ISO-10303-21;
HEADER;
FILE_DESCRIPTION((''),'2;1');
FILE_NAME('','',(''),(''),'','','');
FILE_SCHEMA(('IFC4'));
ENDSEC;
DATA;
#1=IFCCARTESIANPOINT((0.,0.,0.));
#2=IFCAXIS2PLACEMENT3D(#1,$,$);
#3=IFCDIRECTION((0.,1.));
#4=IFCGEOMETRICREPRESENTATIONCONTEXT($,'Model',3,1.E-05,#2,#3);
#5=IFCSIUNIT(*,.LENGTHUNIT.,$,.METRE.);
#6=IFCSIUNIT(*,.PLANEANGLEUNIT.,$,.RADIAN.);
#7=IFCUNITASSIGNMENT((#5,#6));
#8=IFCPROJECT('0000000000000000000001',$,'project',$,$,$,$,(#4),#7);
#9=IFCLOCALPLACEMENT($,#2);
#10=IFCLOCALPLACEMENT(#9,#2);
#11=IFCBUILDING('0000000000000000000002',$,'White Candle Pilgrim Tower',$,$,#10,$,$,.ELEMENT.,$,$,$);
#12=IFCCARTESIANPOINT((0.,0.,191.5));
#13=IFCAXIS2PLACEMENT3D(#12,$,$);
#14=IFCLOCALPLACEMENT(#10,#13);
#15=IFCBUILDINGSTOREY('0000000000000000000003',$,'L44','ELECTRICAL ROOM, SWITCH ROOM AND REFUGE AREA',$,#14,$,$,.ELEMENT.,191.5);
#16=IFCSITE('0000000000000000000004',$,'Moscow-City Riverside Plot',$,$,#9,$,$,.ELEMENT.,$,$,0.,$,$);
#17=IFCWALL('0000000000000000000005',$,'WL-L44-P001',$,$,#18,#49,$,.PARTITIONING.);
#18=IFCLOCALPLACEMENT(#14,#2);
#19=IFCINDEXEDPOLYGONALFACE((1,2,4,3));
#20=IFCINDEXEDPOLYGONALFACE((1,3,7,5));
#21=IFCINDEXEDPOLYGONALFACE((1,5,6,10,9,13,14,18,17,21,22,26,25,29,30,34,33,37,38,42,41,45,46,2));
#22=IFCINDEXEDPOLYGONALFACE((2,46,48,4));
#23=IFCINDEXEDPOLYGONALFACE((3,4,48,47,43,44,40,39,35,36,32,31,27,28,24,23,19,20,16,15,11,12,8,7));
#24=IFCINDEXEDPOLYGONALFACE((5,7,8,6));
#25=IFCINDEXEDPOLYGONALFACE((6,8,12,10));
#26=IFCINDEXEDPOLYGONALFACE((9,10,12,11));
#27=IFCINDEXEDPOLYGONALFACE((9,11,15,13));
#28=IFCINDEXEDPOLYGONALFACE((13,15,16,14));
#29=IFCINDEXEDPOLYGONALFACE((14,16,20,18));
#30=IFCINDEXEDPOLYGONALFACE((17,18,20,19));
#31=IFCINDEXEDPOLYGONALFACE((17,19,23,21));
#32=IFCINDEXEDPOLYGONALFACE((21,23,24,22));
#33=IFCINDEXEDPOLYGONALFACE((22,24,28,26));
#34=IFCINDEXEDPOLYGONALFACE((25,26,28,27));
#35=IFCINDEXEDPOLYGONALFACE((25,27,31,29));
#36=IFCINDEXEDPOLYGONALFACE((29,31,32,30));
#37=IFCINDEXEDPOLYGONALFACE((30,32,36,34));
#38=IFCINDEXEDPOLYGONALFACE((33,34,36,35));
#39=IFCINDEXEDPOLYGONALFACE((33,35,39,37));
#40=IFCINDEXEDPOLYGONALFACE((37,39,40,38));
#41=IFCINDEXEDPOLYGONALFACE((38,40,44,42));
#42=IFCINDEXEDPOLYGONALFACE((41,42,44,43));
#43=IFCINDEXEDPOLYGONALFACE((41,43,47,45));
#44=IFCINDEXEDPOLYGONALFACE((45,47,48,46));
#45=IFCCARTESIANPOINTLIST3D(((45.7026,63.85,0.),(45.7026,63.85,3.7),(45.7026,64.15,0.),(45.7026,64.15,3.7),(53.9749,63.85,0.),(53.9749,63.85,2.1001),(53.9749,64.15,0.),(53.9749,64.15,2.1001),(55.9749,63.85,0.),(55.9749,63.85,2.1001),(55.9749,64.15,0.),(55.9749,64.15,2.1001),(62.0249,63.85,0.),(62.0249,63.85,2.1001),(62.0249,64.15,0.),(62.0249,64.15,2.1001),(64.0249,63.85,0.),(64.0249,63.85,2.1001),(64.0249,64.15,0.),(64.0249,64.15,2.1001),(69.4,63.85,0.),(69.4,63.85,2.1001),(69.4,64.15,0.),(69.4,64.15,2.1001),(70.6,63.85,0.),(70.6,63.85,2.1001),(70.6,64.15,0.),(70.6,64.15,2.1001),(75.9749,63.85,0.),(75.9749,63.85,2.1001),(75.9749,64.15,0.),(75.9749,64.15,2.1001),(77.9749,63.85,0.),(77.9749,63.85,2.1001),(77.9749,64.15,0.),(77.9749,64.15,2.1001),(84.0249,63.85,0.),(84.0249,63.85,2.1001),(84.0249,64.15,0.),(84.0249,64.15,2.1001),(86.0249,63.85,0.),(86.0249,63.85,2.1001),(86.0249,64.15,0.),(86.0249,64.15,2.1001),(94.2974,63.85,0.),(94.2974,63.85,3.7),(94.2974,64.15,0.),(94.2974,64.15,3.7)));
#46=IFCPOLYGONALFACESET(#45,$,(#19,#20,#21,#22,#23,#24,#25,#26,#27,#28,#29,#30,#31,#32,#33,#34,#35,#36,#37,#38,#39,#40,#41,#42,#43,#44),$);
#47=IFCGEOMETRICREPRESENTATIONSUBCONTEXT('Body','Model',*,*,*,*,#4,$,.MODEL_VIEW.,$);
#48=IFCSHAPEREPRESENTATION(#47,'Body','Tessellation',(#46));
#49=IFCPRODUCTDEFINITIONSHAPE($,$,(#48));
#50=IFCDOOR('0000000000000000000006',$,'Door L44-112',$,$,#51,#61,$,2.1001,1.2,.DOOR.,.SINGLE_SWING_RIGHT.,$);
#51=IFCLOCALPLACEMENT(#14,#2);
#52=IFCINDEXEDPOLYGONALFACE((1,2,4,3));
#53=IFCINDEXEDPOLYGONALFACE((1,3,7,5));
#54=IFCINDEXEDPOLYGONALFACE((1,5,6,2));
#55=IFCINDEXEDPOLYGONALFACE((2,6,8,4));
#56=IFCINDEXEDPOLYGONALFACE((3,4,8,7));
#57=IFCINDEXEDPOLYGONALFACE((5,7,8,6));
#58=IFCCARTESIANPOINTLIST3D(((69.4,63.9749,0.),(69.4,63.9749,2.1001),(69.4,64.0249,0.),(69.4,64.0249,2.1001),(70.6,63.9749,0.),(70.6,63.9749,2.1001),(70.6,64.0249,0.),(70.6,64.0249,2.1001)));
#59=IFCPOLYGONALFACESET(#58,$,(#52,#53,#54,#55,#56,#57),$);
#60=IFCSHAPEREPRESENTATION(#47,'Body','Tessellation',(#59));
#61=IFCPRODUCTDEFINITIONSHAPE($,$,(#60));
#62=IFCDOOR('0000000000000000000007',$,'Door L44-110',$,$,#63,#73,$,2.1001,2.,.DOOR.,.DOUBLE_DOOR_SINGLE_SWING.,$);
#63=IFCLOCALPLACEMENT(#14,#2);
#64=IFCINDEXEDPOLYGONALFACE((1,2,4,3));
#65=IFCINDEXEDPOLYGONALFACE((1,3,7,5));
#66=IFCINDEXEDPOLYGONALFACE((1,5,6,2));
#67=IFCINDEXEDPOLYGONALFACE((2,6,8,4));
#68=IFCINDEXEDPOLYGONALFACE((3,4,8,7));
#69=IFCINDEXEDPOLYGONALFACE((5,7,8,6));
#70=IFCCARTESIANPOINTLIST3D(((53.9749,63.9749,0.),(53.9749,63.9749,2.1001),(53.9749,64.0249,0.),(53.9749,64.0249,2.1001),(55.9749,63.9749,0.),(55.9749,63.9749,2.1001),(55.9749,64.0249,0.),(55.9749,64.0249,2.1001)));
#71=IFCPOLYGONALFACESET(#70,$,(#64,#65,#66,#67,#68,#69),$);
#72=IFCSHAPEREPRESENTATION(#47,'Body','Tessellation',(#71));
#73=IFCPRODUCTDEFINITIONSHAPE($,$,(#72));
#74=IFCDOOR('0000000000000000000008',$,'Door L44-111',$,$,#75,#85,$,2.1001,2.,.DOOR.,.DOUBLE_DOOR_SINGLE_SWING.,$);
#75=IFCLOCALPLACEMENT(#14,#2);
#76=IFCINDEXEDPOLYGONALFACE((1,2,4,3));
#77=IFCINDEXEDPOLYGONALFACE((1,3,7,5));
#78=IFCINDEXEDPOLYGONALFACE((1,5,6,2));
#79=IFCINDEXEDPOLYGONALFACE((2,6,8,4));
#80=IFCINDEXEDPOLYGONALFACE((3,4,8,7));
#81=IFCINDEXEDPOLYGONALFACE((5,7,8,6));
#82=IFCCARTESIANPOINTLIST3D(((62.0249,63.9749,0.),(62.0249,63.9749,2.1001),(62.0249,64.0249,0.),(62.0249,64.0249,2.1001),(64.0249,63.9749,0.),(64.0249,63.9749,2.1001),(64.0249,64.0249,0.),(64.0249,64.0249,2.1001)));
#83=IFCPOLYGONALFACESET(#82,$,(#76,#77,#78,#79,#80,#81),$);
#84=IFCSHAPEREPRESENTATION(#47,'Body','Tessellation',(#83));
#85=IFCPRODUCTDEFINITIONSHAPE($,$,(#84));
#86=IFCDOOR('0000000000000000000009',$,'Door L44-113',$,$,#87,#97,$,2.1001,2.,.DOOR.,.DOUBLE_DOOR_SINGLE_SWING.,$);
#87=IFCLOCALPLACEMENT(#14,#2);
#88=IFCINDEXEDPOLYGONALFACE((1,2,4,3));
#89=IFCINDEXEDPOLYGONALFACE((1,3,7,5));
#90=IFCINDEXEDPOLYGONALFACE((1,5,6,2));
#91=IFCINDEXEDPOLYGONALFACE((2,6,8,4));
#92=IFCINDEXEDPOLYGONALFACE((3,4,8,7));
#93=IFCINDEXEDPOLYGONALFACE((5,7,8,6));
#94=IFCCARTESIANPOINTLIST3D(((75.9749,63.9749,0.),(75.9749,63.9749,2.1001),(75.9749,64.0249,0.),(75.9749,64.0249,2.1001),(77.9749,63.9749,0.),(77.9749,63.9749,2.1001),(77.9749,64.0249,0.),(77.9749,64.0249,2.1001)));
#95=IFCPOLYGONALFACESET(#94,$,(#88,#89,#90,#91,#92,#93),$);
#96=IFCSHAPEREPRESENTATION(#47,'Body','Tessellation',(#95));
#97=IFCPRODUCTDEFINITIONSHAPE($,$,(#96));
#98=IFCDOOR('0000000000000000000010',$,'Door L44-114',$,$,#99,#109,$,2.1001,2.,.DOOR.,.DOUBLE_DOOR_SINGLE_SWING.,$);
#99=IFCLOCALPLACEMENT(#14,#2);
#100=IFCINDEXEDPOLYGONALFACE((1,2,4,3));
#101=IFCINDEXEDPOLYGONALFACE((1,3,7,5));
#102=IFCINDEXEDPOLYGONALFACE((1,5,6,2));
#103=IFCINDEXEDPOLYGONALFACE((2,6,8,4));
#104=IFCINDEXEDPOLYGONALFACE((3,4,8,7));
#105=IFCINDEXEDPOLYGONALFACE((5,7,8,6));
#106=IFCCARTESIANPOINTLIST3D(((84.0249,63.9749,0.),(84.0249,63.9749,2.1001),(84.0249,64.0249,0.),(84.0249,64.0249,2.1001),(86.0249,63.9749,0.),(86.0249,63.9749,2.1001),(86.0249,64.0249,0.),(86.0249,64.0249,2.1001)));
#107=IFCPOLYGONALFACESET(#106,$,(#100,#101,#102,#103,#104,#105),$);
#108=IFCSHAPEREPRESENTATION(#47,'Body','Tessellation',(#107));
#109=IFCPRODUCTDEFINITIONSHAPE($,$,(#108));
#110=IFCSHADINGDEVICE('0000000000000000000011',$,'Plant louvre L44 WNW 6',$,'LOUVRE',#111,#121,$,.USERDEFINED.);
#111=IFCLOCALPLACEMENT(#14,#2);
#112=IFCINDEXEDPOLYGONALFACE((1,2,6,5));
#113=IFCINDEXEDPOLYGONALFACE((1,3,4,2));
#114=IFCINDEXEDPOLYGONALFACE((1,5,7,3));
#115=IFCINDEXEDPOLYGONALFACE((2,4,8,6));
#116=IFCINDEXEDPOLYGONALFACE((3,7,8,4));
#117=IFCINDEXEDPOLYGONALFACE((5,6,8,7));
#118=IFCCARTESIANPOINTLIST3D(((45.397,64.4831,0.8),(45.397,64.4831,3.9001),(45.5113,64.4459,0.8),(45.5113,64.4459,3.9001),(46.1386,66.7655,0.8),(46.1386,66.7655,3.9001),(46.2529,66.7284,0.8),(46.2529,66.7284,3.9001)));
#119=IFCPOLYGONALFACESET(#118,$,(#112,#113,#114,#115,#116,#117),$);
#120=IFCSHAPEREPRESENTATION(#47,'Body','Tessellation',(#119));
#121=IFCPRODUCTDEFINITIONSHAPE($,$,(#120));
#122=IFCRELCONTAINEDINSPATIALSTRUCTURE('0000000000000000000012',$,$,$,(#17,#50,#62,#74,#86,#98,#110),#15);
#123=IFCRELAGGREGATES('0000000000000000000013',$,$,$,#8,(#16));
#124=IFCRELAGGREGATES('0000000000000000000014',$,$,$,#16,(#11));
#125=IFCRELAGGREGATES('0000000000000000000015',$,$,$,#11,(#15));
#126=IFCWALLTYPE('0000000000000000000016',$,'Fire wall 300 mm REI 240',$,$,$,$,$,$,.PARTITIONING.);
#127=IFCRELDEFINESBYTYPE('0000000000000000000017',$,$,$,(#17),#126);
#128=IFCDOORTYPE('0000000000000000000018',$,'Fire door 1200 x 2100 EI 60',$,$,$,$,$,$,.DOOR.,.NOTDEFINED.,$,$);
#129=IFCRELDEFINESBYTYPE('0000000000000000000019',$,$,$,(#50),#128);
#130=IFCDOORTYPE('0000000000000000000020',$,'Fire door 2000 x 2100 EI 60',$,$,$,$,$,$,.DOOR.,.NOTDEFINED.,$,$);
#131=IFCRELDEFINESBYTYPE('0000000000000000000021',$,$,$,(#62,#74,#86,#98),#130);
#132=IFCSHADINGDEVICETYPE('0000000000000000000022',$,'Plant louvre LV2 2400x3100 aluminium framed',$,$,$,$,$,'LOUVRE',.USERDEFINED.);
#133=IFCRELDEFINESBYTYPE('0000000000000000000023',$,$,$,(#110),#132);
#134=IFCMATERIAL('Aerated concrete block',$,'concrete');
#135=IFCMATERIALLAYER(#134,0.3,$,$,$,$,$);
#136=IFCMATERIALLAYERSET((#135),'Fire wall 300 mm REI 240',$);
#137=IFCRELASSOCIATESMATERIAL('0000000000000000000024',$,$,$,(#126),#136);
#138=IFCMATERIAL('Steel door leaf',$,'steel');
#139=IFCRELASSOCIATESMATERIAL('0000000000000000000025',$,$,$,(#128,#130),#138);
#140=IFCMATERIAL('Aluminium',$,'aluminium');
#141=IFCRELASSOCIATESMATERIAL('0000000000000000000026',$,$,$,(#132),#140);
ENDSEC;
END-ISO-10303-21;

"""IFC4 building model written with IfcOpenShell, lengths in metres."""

from ifc_helpers import new_model, si_unit, direction, frame, frame_2d, origin, origin_2d, place, context, subcontext, project, spatial, rectangle, extrude, material, layer, layer_set, type_object, element, fill, save


model = new_model("IFC4")

# Units and contexts
model_context = context("Model", 3, precision=1e-05, world=origin(), true_north=direction((0.0, 1.0)))
body_context = subcontext(model_context, "Body", "Model", "MODEL_VIEW")
ifc_project = project(units=[si_unit("LENGTHUNIT", "METRE"), si_unit("PLANEANGLEUNIT", "RADIAN")], contexts=[model_context])

# Site, building, storey
site_placement = place(None, origin())
site = spatial("IfcSite", under=ifc_project, at=site_placement, Name="Moscow-City Riverside Plot", CompositionType="ELEMENT", RefElevation=0.0)
building_placement = place(site_placement, origin())
building = spatial("IfcBuilding", under=site, at=building_placement, Name="White Candle Pilgrim Tower", CompositionType="ELEMENT")
storey_placement = place(building_placement, frame((0.0, 0.0, 191.5)))
storey = spatial("IfcBuildingStorey", under=building, at=storey_placement, Name="L44", Description="ELECTRICAL ROOM, SWITCH ROOM AND REFUGE AREA", CompositionType="ELEMENT", Elevation=191.5)

# Shared definitions
ifc_material_1 = material(Name="Steel door leaf", Category="steel")

# Wall, openings, doors
ifc_material_2 = material(Name="Aerated concrete block", Category="concrete")
ifc_layer_1 = layer(ifc_material_2, 0.3)
ifc_layer_set_1 = layer_set([ifc_layer_1], Name="Fire wall 300 mm REI 240")
wall_type_1 = type_object("IfcWallType", Name="Fire wall 300 mm REI 240", PredefinedType="PARTITIONING", material=ifc_layer_set_1)
wall_1_placement = place(storey_placement, frame((45.7026, 64.0, 0.0), z_axis=(0.0, 0.0, 1.0), x_axis=(1.0, 0.0, 0.0)))
wall_1 = element("IfcWall", 1, at=wall_1_placement, inside=storey, type_object=wall_type_1, Name="WL-L44-P001", PredefinedType="PARTITIONING", context=body_context, shape_type="SweptSolid", body=[
    extrude(rectangle(XDim=48.5947, YDim=0.3, at=frame_2d((24.2974, 0.0))), origin(), (0.0, 0.0, 1.0), 3.7),
])
opening_1_placement = place(wall_1_placement, frame((8.2722, 0.0, 0.0)))
opening_1 = element("IfcOpeningElement", 2, at=opening_1_placement, cuts=wall_1, PredefinedType="OPENING", context=body_context, shape_type="SweptSolid", body=[
    extrude(rectangle(XDim=2.0, YDim=2.1001, at=frame_2d((1.0, 1.05))), frame((0.0, 0.1599, 0.0), z_axis=(0.0, -1.0, 0.0), x_axis=(1.0, 0.0, 0.0)), (0.0, 0.0, 1.0), 0.3201),
])
opening_2_placement = place(wall_1_placement, frame((16.3223, 0.0, 0.0)))
opening_2 = element("IfcOpeningElement", 3, at=opening_2_placement, cuts=wall_1, PredefinedType="OPENING", context=body_context, shape_type="SweptSolid", body=[
    extrude(rectangle(XDim=2.0, YDim=2.1001, at=frame_2d((1.0, 1.05))), frame((0.0, 0.1599, 0.0), z_axis=(0.0, -1.0, 0.0), x_axis=(1.0, 0.0, 0.0)), (0.0, 0.0, 1.0), 0.3201),
])
opening_3_placement = place(wall_1_placement, frame((23.6973, 0.0, 0.0)))
opening_3 = element("IfcOpeningElement", 4, at=opening_3_placement, cuts=wall_1, PredefinedType="OPENING", context=body_context, shape_type="SweptSolid", body=[
    extrude(rectangle(XDim=1.2, YDim=2.1001, at=frame_2d((0.6001, 1.05))), frame((0.0, 0.1599, 0.0), z_axis=(0.0, -1.0, 0.0), x_axis=(1.0, 0.0, 0.0)), (0.0, 0.0, 1.0), 0.3201),
])
opening_4_placement = place(wall_1_placement, frame((30.2722, 0.0, 0.0)))
opening_4 = element("IfcOpeningElement", 5, at=opening_4_placement, cuts=wall_1, PredefinedType="OPENING", context=body_context, shape_type="SweptSolid", body=[
    extrude(rectangle(XDim=2.0, YDim=2.1001, at=frame_2d((1.0, 1.05))), frame((0.0, 0.1599, 0.0), z_axis=(0.0, -1.0, 0.0), x_axis=(1.0, 0.0, 0.0)), (0.0, 0.0, 1.0), 0.3201),
])
opening_5_placement = place(wall_1_placement, frame((38.3223, 0.0, 0.0)))
opening_5 = element("IfcOpeningElement", 6, at=opening_5_placement, cuts=wall_1, PredefinedType="OPENING", context=body_context, shape_type="SweptSolid", body=[
    extrude(rectangle(XDim=2.0, YDim=2.1001, at=frame_2d((1.0, 1.05))), frame((0.0, 0.1599, 0.0), z_axis=(0.0, -1.0, 0.0), x_axis=(1.0, 0.0, 0.0)), (0.0, 0.0, 1.0), 0.3201),
])
door_type_1 = type_object("IfcDoorType", Name="Fire door 1200 x 2100 EI 60", OperationType="NOTDEFINED", PredefinedType="DOOR", material=ifc_material_1)
door_1_placement = place(opening_3_placement, origin())
door_1 = element("IfcDoor", 7, at=door_1_placement, inside=storey, type_object=door_type_1, Name="Door L44-112", OperationType="SINGLE_SWING_RIGHT", OverallHeight=2.1001, OverallWidth=1.2, PredefinedType="DOOR", context=body_context, shape_type="SweptSolid", body=[
    extrude(rectangle(XDim=1.2, YDim=2.1001, at=frame_2d((0.6001, 1.05))), frame((0.0, 0.0249, 0.0), z_axis=(0.0, -1.0, 0.0), x_axis=(1.0, 0.0, 0.0)), (0.0, 0.0, 1.0), 0.05),
])
fill(opening_3, door_1)
door_type_2 = type_object("IfcDoorType", Name="Fire door 2000 x 2100 EI 60", OperationType="NOTDEFINED", PredefinedType="DOOR", material=ifc_material_1)
door_2_placement = place(opening_1_placement, origin())
door_2 = element("IfcDoor", 8, at=door_2_placement, inside=storey, type_object=door_type_2, Name="Door L44-110", OperationType="DOUBLE_DOOR_SINGLE_SWING", OverallHeight=2.1001, OverallWidth=2.0, PredefinedType="DOOR", context=body_context, shape_type="SweptSolid", body=[
    extrude(rectangle(XDim=2.0, YDim=2.1001, at=frame_2d((1.0, 1.05))), frame((0.0, 0.0249, 0.0), z_axis=(0.0, -1.0, 0.0), x_axis=(1.0, 0.0, 0.0)), (0.0, 0.0, 1.0), 0.05),
])
fill(opening_1, door_2)
door_3_placement = place(opening_2_placement, origin())
door_3 = element("IfcDoor", 9, at=door_3_placement, inside=storey, type_object=door_type_2, Name="Door L44-111", OperationType="DOUBLE_DOOR_SINGLE_SWING", OverallHeight=2.1001, OverallWidth=2.0, PredefinedType="DOOR", context=body_context, shape_type="SweptSolid", body=[
    extrude(rectangle(XDim=2.0, YDim=2.1001, at=frame_2d((1.0, 1.05))), frame((0.0, 0.0249, 0.0), z_axis=(0.0, -1.0, 0.0), x_axis=(1.0, 0.0, 0.0)), (0.0, 0.0, 1.0), 0.05),
])
fill(opening_2, door_3)
door_4_placement = place(opening_4_placement, origin())
door_4 = element("IfcDoor", 10, at=door_4_placement, inside=storey, type_object=door_type_2, Name="Door L44-113", OperationType="DOUBLE_DOOR_SINGLE_SWING", OverallHeight=2.1001, OverallWidth=2.0, PredefinedType="DOOR", context=body_context, shape_type="SweptSolid", body=[
    extrude(rectangle(XDim=2.0, YDim=2.1001, at=frame_2d((1.0, 1.05))), frame((0.0, 0.0249, 0.0), z_axis=(0.0, -1.0, 0.0), x_axis=(1.0, 0.0, 0.0)), (0.0, 0.0, 1.0), 0.05),
])
fill(opening_4, door_4)
door_5_placement = place(opening_5_placement, origin())
door_5 = element("IfcDoor", 11, at=door_5_placement, inside=storey, type_object=door_type_2, Name="Door L44-114", OperationType="DOUBLE_DOOR_SINGLE_SWING", OverallHeight=2.1001, OverallWidth=2.0, PredefinedType="DOOR", context=body_context, shape_type="SweptSolid", body=[
    extrude(rectangle(XDim=2.0, YDim=2.1001, at=frame_2d((1.0, 1.05))), frame((0.0, 0.0249, 0.0), z_axis=(0.0, -1.0, 0.0), x_axis=(1.0, 0.0, 0.0)), (0.0, 0.0, 1.0), 0.05),
])
fill(opening_5, door_5)

# Shading device
ifc_material_3 = material(Name="Aluminium", Category="aluminium")
shading_device_type = type_object("IfcShadingDeviceType", Name="Plant louvre LV2 2400x3100 aluminium framed", ElementType="LOUVRE", PredefinedType="USERDEFINED", material=ifc_material_3)
shading_device_placement = place(storey_placement, frame((45.825, 65.6057, 0.8), z_axis=(0.0, 0.0, 1.0), x_axis=(-0.309017, -0.951057, 0.0)))
element("IfcShadingDevice", 12, at=shading_device_placement, inside=storey, type_object=shading_device_type, Name="Plant louvre L44 WNW 6", ObjectType="LOUVRE", PredefinedType="USERDEFINED", context=body_context, shape_type="SweptSolid", body=[
    extrude(rectangle(XDim=2.3999, YDim=0.1201, at=origin_2d()), origin(), (0.0, 0.0, 1.0), 3.1001),
])

save(model, "model.ifc")
